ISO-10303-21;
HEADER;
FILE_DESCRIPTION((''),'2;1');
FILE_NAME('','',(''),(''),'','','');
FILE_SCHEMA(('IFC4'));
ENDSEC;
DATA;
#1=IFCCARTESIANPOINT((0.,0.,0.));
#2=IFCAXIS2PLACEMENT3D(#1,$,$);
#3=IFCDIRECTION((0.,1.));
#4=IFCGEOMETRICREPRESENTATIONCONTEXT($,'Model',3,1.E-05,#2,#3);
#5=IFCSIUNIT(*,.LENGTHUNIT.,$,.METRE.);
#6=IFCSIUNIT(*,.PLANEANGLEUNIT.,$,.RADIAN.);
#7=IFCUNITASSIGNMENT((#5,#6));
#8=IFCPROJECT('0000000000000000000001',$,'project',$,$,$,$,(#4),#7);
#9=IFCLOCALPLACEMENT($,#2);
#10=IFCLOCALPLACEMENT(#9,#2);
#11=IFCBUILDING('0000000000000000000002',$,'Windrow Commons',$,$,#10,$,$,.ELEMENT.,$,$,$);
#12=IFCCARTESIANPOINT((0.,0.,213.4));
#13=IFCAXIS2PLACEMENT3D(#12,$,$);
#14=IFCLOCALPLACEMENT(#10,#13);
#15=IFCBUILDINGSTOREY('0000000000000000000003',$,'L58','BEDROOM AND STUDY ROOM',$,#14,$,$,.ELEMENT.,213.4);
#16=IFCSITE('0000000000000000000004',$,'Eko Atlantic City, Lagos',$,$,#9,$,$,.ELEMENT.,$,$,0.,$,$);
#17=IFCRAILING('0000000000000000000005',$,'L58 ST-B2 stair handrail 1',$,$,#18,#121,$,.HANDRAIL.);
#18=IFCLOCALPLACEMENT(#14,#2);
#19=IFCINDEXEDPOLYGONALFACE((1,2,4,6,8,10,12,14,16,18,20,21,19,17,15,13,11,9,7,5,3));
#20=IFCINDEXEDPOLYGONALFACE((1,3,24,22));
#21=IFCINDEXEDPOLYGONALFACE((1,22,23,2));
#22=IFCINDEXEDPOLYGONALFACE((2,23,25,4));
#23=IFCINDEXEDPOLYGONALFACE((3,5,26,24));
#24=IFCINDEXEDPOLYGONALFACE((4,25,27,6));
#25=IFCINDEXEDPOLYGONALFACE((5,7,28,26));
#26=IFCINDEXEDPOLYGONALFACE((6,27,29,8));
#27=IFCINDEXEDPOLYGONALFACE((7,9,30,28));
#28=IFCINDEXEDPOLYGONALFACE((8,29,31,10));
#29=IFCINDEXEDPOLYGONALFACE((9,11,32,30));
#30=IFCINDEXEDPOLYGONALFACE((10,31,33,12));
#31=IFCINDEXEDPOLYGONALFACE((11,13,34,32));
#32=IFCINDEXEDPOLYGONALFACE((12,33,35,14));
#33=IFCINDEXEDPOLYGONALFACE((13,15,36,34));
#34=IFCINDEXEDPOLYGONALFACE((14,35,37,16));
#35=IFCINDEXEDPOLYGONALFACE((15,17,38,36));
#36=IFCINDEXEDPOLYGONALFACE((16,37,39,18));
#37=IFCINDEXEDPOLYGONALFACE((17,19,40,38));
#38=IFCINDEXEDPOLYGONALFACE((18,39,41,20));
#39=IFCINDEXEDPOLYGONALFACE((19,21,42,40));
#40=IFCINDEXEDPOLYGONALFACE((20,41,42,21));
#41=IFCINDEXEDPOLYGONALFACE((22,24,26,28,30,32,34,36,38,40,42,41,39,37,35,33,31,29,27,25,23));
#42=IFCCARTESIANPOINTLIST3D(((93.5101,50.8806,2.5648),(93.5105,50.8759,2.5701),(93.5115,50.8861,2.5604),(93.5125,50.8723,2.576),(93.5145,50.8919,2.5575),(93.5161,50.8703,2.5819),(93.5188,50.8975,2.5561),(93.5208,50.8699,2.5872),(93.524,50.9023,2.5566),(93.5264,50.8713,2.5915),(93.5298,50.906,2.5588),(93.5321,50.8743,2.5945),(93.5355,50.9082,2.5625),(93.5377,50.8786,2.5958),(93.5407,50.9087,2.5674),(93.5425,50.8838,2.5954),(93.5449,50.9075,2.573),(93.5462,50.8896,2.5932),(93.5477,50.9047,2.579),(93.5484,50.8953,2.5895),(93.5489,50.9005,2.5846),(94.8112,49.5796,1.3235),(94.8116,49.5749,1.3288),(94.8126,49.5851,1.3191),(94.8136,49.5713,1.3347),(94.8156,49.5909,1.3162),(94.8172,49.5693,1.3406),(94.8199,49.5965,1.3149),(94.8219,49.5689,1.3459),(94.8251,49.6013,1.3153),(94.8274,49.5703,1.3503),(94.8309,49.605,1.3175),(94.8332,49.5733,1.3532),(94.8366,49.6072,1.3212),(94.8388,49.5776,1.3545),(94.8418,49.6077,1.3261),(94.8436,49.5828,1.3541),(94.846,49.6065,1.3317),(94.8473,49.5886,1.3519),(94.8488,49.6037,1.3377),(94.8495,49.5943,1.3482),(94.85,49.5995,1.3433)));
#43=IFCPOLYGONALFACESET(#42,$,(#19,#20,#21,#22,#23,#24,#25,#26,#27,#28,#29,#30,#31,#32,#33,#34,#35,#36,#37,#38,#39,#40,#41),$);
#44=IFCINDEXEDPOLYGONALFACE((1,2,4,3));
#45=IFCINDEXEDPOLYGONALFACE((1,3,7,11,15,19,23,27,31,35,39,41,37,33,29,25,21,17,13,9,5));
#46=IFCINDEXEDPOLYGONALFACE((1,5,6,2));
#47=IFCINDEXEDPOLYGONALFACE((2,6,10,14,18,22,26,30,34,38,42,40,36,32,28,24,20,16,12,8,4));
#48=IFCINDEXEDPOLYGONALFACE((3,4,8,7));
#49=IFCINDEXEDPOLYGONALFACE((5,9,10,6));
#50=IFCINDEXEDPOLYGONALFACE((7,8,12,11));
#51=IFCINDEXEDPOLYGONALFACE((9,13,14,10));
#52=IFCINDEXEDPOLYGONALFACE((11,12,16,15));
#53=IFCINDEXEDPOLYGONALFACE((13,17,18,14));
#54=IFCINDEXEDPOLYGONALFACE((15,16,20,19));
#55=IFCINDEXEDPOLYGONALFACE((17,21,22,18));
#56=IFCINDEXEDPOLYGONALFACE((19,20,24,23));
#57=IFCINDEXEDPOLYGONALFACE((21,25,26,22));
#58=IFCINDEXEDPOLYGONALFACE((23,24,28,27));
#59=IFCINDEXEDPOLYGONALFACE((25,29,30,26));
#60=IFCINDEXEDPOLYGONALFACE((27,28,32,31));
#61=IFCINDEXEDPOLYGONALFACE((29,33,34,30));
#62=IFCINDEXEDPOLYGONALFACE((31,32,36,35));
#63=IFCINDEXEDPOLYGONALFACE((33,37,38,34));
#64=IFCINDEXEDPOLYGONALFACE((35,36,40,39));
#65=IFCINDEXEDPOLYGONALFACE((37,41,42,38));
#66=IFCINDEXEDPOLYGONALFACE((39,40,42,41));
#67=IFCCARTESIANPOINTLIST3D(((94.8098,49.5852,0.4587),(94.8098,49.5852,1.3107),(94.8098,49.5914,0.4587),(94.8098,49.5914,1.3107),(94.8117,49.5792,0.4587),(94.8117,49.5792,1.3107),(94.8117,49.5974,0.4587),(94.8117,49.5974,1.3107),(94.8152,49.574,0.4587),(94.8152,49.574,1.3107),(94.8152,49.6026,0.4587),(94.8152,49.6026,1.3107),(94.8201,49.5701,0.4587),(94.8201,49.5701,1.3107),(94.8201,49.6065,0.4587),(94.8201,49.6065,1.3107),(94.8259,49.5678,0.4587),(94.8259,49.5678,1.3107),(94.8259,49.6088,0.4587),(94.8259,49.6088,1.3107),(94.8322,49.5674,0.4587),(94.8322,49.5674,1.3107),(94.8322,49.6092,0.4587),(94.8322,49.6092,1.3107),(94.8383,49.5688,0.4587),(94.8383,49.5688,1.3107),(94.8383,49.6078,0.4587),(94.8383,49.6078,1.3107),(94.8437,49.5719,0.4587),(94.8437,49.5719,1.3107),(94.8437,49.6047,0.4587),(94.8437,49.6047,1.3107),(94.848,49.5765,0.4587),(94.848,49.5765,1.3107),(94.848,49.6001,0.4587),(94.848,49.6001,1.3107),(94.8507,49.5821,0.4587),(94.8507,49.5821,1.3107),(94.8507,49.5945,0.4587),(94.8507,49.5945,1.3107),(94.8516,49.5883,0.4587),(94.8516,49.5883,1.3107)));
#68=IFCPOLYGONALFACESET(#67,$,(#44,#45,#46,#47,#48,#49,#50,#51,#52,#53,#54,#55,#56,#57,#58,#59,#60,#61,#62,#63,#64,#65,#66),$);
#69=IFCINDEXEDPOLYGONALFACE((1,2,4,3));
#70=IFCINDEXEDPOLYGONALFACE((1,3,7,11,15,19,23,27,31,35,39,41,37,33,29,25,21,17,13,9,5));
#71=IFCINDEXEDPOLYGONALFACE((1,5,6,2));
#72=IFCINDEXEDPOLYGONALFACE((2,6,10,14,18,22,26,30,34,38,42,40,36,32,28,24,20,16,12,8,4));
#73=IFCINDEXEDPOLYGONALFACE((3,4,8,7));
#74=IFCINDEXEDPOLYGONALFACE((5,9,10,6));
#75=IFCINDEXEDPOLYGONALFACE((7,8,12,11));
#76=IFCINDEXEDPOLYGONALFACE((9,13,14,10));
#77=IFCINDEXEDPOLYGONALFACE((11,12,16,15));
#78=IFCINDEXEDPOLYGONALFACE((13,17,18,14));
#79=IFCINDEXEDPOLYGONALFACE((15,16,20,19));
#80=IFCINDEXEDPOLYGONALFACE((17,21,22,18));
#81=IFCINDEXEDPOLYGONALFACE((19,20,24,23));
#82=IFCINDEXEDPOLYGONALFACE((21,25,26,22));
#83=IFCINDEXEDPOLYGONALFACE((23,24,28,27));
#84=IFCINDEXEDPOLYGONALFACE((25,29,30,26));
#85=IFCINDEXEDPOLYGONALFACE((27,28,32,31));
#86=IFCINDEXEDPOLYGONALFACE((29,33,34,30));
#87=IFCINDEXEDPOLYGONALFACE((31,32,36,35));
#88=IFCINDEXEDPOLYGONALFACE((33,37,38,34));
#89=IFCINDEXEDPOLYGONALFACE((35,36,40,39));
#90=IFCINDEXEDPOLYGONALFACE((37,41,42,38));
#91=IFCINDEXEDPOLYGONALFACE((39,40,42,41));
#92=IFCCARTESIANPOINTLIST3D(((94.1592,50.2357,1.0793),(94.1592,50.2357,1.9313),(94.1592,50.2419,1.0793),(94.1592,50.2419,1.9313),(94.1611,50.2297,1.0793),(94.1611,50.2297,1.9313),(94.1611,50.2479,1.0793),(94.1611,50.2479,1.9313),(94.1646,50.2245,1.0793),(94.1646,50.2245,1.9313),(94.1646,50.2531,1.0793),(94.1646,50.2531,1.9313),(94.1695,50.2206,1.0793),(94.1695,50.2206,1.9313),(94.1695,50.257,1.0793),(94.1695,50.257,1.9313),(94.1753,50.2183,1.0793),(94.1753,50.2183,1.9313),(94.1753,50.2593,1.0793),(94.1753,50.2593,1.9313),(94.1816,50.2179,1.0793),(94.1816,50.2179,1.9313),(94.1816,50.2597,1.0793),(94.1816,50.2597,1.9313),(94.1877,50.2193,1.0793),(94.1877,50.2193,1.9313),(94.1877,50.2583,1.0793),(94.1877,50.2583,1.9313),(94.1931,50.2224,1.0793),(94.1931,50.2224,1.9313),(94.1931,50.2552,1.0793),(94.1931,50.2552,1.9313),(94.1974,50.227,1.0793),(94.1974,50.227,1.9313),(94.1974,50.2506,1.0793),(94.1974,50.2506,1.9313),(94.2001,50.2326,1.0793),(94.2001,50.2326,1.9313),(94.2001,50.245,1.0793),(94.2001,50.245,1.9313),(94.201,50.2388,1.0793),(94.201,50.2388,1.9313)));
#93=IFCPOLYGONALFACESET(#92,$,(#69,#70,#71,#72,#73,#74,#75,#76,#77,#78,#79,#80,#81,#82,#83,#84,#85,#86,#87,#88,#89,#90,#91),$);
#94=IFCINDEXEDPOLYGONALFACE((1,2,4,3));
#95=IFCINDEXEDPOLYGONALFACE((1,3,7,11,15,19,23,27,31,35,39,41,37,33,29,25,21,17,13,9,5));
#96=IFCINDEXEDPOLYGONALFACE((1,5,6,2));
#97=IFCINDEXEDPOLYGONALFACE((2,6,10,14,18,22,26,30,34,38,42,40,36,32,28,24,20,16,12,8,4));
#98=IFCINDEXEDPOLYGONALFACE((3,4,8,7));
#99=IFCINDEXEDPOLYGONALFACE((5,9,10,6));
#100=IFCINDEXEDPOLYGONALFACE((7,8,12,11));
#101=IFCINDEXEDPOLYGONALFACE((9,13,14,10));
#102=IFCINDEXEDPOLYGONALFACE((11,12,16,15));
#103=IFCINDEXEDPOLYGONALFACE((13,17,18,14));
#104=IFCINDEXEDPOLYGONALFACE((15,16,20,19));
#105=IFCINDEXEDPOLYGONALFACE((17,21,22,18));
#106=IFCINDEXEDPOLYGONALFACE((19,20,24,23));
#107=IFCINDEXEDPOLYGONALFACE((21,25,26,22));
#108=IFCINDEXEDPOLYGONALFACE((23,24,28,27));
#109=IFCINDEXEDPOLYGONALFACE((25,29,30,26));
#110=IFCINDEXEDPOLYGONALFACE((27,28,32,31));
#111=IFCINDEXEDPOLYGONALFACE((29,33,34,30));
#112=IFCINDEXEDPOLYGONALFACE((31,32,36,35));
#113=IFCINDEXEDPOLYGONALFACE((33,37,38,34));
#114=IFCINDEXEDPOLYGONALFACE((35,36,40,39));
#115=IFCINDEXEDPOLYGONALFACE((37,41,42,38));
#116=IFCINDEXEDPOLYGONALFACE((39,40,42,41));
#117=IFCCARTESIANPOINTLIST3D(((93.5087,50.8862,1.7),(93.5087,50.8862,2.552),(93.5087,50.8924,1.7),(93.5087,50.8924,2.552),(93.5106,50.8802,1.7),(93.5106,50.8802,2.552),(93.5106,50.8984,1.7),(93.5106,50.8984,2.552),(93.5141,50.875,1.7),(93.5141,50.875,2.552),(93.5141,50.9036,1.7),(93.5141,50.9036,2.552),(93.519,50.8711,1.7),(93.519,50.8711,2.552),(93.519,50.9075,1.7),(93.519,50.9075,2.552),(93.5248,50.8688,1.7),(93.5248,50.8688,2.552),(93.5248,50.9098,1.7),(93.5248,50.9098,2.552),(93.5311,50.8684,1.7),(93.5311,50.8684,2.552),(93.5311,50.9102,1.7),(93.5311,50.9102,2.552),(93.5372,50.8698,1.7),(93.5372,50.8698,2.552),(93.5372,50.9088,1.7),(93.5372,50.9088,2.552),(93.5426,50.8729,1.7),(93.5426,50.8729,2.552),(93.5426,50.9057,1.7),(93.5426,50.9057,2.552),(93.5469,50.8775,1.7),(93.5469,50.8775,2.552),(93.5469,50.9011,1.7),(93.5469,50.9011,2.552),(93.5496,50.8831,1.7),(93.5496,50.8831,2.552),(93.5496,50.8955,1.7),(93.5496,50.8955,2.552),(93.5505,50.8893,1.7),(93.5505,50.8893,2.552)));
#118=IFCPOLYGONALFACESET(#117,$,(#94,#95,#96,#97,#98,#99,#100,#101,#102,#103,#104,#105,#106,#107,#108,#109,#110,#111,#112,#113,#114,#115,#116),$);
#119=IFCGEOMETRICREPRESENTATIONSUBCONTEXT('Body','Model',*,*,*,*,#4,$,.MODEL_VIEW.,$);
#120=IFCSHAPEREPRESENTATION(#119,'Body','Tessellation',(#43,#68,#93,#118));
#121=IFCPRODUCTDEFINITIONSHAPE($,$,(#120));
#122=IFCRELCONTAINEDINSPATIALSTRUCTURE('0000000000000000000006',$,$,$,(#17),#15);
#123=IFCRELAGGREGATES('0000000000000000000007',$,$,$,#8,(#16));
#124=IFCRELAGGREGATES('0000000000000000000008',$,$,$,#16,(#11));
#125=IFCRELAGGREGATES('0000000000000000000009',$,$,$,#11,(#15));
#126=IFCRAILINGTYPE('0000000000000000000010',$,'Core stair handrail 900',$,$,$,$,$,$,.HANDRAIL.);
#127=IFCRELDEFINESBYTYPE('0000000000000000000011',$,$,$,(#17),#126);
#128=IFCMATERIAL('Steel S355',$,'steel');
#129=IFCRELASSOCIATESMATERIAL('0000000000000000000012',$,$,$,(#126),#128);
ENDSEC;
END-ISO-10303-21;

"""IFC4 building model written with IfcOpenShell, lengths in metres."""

from ifc_helpers import new_model, si_unit, direction, frame, origin, origin_2d, place, context, subcontext, project, spatial, circle, extrude, material, type_object, element, save


model = new_model("IFC4")

# Units and contexts
model_context = context("Model", 3, precision=1e-05, world=origin(), true_north=direction((0.0, 1.0)))
body_context = subcontext(model_context, "Body", "Model", "MODEL_VIEW")
ifc_project = project(units=[si_unit("LENGTHUNIT", "METRE"), si_unit("PLANEANGLEUNIT", "RADIAN")], contexts=[model_context])

# Site, building, storey
site_placement = place(None, origin())
site = spatial("IfcSite", under=ifc_project, at=site_placement, Name="Eko Atlantic City, Lagos", CompositionType="ELEMENT", RefElevation=0.0)
building_placement = place(site_placement, origin())
building = spatial("IfcBuilding", under=site, at=building_placement, Name="Windrow Commons", CompositionType="ELEMENT")
storey_placement = place(building_placement, frame((0.0, 0.0, 213.4)))
storey = spatial("IfcBuildingStorey", under=building, at=storey_placement, Name="L58", Description="BEDROOM AND STUDY ROOM", CompositionType="ELEMENT", Elevation=213.4)

# Railing
ifc_material_1 = material(Name="Steel S355", Category="steel")
railing_type_1 = type_object("IfcRailingType", Name="Core stair handrail 900", PredefinedType="HANDRAIL", material=ifc_material_1)
railing_1_placement = place(storey_placement, frame((94.8306, 49.5883, 0.4587)))
element("IfcRailing", 1, at=railing_1_placement, inside=storey, type_object=railing_type_1, Name="L58 ST-B2 stair handrail 1", PredefinedType="HANDRAIL", context=body_context, shape_type="SweptSolid", body=[
    extrude(circle(Radius=0.024, at=origin_2d()), frame((0.0, 0.0, 0.876), z_axis=(-0.586207, 0.586162, 0.559264), x_axis=(-0.70708, -0.707134, 0.0)), (0.0, 0.0, 1.0), 2.2195),
    extrude(circle(Radius=0.021, at=origin_2d()), origin(), (0.0, 0.0, 1.0), 0.852),
    extrude(circle(Radius=0.021, at=origin_2d()), frame((-0.6506, 0.6505, 0.6206)), (0.0, 0.0, 1.0), 0.852),
    extrude(circle(Radius=0.021, at=origin_2d()), frame((-1.3011, 1.301, 1.2413)), (0.0, 0.0, 1.0), 0.852),
])

save(model, "model.ifc")
